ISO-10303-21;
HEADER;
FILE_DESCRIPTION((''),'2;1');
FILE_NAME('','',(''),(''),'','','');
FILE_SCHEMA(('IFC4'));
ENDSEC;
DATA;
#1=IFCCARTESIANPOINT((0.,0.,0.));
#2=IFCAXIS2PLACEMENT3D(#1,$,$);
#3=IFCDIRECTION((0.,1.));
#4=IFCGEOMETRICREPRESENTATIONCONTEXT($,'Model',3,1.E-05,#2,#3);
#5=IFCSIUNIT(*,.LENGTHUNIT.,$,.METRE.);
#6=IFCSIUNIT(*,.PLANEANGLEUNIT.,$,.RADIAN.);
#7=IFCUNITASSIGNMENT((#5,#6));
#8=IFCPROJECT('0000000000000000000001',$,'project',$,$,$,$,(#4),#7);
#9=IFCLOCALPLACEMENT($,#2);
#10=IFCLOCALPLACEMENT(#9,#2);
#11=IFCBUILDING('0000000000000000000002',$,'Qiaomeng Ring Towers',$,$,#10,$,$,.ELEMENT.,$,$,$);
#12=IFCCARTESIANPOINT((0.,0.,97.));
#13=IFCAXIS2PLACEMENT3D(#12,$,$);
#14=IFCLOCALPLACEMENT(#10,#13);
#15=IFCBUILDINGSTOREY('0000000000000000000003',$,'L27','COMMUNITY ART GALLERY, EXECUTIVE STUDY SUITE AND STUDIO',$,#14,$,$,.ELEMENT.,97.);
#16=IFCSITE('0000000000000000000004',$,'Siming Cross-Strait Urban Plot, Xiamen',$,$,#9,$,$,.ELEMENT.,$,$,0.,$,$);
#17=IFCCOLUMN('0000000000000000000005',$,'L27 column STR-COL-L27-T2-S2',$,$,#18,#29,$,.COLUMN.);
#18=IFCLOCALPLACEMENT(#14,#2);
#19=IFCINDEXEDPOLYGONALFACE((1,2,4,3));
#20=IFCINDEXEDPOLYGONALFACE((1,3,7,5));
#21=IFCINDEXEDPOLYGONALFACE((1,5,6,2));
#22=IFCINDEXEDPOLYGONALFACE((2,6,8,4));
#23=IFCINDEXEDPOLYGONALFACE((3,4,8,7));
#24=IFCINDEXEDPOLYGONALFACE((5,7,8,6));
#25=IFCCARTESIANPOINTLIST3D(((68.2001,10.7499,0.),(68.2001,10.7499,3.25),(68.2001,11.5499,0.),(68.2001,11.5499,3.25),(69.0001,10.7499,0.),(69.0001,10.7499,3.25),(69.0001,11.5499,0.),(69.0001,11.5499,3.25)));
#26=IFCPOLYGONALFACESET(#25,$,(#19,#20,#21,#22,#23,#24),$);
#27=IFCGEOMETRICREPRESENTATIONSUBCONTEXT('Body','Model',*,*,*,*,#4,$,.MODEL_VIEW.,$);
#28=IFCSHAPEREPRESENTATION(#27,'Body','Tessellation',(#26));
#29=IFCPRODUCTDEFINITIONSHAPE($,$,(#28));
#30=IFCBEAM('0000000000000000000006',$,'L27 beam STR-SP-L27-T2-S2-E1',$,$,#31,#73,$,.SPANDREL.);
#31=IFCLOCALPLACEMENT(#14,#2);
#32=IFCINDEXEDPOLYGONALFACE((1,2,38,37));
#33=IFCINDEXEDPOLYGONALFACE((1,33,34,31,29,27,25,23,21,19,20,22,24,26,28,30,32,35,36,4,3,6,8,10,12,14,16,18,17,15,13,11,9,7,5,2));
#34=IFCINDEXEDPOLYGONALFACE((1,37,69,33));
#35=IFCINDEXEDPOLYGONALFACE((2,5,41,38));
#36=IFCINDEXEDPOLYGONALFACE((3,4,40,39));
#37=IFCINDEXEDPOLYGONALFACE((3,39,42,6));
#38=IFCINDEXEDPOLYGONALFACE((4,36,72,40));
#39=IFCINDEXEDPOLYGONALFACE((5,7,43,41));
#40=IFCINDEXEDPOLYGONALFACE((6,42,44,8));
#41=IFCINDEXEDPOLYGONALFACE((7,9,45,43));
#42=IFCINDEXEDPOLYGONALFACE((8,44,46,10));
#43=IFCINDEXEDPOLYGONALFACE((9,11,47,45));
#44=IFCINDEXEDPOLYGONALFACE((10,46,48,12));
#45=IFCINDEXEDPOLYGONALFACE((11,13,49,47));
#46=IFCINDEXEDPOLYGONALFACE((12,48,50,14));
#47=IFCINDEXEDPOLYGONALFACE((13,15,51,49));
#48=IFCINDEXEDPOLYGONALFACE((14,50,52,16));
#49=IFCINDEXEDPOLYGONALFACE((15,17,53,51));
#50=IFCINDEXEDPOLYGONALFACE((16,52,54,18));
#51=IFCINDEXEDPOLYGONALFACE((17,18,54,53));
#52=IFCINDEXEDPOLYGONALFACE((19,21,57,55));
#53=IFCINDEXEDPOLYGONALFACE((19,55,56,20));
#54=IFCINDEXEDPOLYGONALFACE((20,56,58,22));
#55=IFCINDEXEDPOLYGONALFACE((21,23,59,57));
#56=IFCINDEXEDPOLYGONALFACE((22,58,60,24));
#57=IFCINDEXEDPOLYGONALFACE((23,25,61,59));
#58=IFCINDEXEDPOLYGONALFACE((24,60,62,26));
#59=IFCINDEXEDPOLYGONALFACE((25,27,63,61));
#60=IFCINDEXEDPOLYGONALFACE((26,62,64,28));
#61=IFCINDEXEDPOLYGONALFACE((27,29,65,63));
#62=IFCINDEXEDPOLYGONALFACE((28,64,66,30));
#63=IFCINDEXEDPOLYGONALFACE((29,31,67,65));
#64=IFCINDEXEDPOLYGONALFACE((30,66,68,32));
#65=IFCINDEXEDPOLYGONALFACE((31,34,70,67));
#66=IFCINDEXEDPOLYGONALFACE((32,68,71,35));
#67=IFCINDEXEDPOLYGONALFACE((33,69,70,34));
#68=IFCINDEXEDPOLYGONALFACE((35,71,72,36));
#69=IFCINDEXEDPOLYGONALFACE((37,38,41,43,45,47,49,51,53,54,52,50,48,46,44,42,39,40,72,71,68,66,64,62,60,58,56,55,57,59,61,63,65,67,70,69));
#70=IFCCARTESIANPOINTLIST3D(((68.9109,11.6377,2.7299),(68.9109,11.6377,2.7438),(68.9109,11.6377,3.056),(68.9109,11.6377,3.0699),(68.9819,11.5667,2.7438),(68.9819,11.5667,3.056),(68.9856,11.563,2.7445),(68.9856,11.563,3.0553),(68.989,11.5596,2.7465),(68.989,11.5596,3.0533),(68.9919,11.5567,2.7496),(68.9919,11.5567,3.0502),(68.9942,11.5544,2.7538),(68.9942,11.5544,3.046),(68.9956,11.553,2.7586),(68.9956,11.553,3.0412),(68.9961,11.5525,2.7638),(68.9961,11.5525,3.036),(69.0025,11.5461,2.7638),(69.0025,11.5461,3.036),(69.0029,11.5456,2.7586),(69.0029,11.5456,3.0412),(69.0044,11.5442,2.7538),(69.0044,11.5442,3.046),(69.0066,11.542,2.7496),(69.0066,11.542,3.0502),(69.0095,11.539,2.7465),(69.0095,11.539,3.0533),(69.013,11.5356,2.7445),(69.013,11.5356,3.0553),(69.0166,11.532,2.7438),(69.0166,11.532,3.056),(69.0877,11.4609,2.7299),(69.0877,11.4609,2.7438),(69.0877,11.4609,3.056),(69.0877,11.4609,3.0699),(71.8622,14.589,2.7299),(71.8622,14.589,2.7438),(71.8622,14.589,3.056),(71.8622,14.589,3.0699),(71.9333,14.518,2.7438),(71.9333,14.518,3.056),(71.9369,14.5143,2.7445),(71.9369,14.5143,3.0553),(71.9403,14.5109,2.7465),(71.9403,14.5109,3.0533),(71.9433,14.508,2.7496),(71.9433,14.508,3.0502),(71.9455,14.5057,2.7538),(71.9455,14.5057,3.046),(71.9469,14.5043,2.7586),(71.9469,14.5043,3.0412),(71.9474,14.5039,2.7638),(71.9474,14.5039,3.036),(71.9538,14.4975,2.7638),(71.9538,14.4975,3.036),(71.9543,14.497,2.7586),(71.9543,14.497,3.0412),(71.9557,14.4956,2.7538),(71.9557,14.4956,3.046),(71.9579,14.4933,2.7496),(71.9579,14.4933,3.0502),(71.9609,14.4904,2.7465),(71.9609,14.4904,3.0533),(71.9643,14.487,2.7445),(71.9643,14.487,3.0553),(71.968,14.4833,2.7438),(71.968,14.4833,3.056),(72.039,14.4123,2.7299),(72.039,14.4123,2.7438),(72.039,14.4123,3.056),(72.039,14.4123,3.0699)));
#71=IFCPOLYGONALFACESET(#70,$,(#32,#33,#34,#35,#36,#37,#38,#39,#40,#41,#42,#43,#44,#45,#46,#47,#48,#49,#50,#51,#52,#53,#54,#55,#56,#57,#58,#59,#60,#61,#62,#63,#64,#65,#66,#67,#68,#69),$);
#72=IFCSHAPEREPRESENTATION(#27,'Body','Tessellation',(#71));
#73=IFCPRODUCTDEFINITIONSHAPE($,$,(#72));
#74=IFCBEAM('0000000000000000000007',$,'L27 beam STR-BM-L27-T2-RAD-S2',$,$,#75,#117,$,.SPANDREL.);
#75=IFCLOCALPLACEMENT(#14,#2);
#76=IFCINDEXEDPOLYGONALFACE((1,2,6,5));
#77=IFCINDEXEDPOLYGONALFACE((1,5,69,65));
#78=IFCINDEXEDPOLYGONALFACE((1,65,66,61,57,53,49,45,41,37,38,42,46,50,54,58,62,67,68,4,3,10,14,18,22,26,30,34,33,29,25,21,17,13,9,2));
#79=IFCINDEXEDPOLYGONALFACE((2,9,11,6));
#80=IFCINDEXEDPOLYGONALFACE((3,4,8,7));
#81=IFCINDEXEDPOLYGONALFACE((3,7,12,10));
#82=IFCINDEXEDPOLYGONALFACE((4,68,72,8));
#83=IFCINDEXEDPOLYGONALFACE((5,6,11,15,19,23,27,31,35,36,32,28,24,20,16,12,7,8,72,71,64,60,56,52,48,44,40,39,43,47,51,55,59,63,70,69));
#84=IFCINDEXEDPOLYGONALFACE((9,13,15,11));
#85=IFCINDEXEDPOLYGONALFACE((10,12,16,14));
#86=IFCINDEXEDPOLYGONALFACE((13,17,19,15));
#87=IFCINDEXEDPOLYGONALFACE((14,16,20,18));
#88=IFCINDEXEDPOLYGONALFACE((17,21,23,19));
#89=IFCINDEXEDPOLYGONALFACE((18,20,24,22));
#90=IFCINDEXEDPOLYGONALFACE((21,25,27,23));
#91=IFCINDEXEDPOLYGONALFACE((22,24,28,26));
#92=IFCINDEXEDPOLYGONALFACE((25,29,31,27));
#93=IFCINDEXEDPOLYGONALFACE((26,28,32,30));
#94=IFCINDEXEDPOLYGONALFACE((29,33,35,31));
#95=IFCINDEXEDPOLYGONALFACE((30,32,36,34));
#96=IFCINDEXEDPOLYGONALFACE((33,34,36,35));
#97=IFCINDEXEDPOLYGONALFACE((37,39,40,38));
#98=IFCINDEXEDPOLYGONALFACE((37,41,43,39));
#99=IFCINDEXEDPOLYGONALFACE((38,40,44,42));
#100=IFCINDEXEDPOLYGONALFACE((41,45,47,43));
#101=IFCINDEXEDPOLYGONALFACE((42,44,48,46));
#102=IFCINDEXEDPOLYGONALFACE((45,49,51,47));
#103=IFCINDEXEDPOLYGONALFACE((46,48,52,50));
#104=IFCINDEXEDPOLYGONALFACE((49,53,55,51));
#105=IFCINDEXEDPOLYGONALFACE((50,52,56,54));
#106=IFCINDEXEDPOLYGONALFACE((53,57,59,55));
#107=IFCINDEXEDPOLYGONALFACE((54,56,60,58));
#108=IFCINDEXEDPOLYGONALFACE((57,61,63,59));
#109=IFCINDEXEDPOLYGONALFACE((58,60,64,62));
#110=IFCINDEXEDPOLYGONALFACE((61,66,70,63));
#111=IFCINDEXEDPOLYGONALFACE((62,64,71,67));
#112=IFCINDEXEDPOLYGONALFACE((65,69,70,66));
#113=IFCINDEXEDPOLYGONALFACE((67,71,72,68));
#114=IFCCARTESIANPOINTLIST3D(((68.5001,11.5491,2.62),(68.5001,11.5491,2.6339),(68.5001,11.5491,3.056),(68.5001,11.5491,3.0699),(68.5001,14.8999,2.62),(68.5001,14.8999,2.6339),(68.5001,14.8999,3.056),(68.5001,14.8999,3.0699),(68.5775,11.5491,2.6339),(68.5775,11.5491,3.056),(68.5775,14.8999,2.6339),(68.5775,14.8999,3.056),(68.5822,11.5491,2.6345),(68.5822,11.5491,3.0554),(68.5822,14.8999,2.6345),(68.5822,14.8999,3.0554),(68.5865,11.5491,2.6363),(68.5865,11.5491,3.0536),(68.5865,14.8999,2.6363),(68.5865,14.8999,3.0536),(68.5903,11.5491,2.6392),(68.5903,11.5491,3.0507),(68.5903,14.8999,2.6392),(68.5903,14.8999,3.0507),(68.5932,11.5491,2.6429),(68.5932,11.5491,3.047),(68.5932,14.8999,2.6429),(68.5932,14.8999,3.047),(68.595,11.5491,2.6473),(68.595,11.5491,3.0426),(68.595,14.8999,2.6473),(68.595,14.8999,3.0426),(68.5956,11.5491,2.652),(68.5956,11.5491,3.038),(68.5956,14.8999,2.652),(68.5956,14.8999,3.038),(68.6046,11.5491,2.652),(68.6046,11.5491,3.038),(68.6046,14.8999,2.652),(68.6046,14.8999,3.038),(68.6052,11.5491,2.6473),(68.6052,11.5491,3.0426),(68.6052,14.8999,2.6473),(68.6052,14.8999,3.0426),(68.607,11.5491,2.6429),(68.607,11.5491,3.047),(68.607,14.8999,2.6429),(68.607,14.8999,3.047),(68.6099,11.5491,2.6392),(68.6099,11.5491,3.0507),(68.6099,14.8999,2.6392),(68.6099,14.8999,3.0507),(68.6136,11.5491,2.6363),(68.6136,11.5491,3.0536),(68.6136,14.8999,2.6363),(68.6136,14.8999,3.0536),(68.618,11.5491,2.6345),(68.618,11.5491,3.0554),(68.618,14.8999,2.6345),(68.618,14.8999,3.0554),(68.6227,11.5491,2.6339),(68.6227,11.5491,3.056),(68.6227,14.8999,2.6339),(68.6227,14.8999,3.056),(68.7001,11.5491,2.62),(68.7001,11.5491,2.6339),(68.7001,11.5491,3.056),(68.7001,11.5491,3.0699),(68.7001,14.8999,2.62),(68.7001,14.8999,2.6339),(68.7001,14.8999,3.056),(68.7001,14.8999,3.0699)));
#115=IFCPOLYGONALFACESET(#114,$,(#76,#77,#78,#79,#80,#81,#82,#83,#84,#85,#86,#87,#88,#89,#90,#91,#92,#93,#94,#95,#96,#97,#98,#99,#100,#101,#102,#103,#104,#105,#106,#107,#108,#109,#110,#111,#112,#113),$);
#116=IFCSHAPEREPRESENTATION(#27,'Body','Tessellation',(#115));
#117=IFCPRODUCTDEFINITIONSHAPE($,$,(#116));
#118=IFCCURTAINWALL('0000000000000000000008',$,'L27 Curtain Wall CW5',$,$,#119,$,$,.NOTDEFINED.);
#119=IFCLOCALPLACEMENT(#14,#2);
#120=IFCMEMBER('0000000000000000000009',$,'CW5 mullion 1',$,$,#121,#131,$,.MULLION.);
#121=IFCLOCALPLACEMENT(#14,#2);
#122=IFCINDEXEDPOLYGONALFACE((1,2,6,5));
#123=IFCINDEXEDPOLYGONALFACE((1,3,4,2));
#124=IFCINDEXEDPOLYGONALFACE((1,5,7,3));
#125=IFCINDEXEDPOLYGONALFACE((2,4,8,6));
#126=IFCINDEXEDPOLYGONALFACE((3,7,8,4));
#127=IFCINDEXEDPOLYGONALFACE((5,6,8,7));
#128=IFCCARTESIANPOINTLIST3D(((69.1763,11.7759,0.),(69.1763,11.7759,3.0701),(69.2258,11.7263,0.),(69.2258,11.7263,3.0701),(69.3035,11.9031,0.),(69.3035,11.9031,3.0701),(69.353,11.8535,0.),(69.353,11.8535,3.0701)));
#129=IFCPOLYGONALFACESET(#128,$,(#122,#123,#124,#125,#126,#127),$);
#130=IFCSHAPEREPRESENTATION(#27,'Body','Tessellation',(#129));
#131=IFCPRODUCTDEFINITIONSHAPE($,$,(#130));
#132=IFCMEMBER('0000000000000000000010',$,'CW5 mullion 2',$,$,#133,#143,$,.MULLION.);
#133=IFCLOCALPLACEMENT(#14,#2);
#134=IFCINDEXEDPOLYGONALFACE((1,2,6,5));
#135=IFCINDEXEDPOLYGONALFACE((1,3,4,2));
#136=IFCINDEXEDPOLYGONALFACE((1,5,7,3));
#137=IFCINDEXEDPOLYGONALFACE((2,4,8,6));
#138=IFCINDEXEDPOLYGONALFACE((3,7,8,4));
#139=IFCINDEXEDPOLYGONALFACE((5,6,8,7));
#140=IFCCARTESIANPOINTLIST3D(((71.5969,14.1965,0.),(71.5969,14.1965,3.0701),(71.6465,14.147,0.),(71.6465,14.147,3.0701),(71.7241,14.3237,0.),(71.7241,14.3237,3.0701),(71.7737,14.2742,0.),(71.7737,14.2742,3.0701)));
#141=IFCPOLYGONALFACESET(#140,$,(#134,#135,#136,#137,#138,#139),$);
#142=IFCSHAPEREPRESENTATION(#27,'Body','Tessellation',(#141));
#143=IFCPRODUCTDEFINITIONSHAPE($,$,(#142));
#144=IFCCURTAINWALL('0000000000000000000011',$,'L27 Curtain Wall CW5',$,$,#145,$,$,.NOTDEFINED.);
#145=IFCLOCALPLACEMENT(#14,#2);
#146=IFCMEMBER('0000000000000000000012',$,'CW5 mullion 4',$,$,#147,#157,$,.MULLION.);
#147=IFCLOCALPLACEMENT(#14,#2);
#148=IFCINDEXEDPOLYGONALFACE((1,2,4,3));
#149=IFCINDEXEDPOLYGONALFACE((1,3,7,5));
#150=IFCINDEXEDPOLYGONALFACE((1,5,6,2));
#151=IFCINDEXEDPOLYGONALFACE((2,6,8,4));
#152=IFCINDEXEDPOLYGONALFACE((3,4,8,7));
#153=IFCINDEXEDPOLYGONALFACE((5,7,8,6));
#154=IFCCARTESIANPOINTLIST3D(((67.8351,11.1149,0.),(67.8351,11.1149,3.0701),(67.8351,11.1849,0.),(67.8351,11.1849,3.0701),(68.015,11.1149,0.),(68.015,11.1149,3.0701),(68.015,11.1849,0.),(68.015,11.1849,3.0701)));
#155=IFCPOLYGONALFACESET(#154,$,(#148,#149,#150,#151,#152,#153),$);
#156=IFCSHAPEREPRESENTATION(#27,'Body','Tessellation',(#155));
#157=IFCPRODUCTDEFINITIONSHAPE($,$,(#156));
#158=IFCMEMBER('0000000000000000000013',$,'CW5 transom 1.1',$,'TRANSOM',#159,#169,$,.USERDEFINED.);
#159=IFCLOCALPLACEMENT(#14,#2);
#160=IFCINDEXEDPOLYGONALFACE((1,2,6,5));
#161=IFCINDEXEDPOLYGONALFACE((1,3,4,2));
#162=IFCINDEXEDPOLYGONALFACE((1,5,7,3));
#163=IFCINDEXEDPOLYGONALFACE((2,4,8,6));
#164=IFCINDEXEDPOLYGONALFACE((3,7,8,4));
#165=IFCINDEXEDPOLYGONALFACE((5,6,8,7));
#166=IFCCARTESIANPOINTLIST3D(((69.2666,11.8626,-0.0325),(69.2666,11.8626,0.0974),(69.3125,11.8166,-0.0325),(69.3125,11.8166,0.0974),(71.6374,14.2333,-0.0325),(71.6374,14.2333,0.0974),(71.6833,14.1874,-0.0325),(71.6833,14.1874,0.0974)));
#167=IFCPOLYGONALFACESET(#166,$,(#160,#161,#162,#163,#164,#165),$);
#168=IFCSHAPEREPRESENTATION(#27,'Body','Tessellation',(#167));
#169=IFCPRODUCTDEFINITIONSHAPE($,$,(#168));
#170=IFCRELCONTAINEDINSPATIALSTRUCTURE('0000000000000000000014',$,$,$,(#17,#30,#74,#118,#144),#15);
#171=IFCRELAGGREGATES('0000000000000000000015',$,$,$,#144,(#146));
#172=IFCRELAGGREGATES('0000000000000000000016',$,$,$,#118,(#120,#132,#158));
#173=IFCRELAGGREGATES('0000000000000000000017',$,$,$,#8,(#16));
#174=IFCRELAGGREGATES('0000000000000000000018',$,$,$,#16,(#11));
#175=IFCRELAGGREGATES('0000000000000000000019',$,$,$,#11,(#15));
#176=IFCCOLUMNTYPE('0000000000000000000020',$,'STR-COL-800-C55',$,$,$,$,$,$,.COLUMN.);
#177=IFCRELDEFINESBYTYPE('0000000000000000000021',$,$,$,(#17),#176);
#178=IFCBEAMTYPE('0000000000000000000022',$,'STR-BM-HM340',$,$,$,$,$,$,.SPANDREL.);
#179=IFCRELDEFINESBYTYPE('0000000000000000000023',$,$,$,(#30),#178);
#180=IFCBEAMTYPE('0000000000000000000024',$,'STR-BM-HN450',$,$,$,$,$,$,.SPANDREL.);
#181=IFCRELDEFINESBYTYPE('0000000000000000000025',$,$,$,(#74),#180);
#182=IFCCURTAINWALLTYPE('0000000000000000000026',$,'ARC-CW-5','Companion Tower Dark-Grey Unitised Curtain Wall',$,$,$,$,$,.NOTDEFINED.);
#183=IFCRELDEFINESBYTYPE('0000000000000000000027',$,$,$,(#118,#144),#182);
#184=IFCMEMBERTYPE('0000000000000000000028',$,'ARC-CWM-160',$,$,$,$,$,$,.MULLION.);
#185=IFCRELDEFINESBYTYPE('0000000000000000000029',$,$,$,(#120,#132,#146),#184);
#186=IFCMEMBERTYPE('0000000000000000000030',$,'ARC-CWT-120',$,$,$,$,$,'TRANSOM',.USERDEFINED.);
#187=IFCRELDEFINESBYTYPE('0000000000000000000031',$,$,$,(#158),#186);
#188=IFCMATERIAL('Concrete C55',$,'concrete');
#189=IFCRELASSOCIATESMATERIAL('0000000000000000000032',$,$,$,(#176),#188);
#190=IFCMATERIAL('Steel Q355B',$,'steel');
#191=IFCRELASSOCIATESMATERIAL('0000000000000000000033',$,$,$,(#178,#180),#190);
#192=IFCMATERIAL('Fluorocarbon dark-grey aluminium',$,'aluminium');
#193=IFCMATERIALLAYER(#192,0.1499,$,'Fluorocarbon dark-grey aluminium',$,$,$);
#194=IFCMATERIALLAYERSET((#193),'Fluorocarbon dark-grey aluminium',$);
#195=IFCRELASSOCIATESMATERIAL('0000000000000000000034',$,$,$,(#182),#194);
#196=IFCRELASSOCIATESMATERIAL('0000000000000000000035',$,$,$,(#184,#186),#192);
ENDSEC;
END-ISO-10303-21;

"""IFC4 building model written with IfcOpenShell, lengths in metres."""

from ifc_helpers import new_model, si_unit, direction, frame, origin, origin_2d, place, context, subcontext, project, spatial, rectangle, i_section, extrude, source, transform, mapped, material, layer, layer_set, material_profile, profile_set, type_object, element, aggregate, save


model = new_model("IFC4")

# Units and contexts
model_context = context("Model", 3, precision=1e-05, world=origin(), true_north=direction((0.0, 1.0)))
body_context = subcontext(model_context, "Body", "Model", "MODEL_VIEW")
ifc_project = project(units=[si_unit("LENGTHUNIT", "METRE"), si_unit("PLANEANGLEUNIT", "RADIAN")], contexts=[model_context])

# Site, building, storey
site_placement = place(None, origin())
site = spatial("IfcSite", under=ifc_project, at=site_placement, Name="Siming Cross-Strait Urban Plot, Xiamen", CompositionType="ELEMENT", RefElevation=0.0)
building_placement = place(site_placement, origin())
building = spatial("IfcBuilding", under=site, at=building_placement, Name="Qiaomeng Ring Towers", CompositionType="ELEMENT")
storey_placement = place(building_placement, frame((0.0, 0.0, 97.0)))
storey = spatial("IfcBuildingStorey", under=building, at=storey_placement, Name="L27", Description="COMMUNITY ART GALLERY, EXECUTIVE STUDY SUITE AND STUDIO", CompositionType="ELEMENT", Elevation=97.0)

# Column
ifc_material_1 = material(Name="Concrete C55", Category="concrete")
ifc_material_profile_1 = material_profile(ifc_material_1, rectangle(XDim=0.8, YDim=0.8, at=origin_2d()), Name="RC COL 800x800")
ifc_profile_set_1 = profile_set([ifc_material_profile_1], Name="Concrete C55")
column_type = type_object("IfcColumnType", Name="STR-COL-800-C55", PredefinedType="COLUMN", material=ifc_profile_set_1)
shared_shape_1 = source(origin(), body_context, "Body", "SweptSolid", [
    extrude(rectangle(XDim=0.8, YDim=0.8, at=origin_2d()), origin(), (0.0, 0.0, 1.0), 3.25),
])
column_placement = place(storey_placement, frame((68.6001, 11.1499, 0.0), z_axis=(0.0, 0.0, 1.0), x_axis=(1.0, 0.0, 0.0)))
element("IfcColumn", 1, at=column_placement, inside=storey, type_object=column_type, Name="L27 column STR-COL-L27-T2-S2", PredefinedType="COLUMN", context=body_context, shape_type="MappedRepresentation", body=[
    mapped(shared_shape_1, transform((0.0, 0.0, 0.0), x_axis=(1.0, 0.0, 0.0), y_axis=(0.0, 1.0, 0.0), z_axis=(0.0, 0.0, 1.0), scale=1.0)),
])

# Beams
ifc_material_2 = material(Name="Steel Q355B", Category="steel")
ifc_material_profile_2 = material_profile(ifc_material_2, i_section(OverallWidth=0.25, OverallDepth=0.3401, WebThickness=0.009, FlangeThickness=0.0139, FilletRadius=0.02, at=origin_2d()), Name="HM 340x250x9x14")
ifc_profile_set_2 = profile_set([ifc_material_profile_2], Name="Steel Q355B")
beam_type_1 = type_object("IfcBeamType", Name="STR-BM-HM340", PredefinedType="SPANDREL", material=ifc_profile_set_2)
shared_shape_2 = source(origin(), body_context, "Body", "SweptSolid", [
    extrude(i_section(OverallWidth=0.25, OverallDepth=0.3401, WebThickness=0.009, FlangeThickness=0.0139, FilletRadius=0.02, at=origin_2d()), origin(), (0.0, 0.0, 1.0), 4.1738),
])
beam_1_placement = place(storey_placement, frame((68.9993, 11.5493, 2.8999), z_axis=(0.707107, 0.707107, 0.0), x_axis=(-0.707107, 0.707107, 0.0)))
element("IfcBeam", 2, at=beam_1_placement, inside=storey, type_object=beam_type_1, Name="L27 beam STR-SP-L27-T2-S2-E1", PredefinedType="SPANDREL", context=body_context, shape_type="MappedRepresentation", body=[
    mapped(shared_shape_2, transform((0.0, 0.0, 0.0), x_axis=(1.0, 0.0, 0.0), y_axis=(0.0, 1.0, 0.0), z_axis=(0.0, 0.0, 1.0), scale=1.0)),
])
ifc_material_profile_3 = material_profile(ifc_material_2, i_section(OverallWidth=0.2, OverallDepth=0.45, WebThickness=0.009, FlangeThickness=0.0139, FilletRadius=0.0181, at=origin_2d()), Name="HN 450x200x9x14")
ifc_profile_set_3 = profile_set([ifc_material_profile_3], Name="Steel Q355B")
beam_type_2 = type_object("IfcBeamType", Name="STR-BM-HN450", PredefinedType="SPANDREL", material=ifc_profile_set_3)
shared_shape_3 = source(origin(), body_context, "Body", "SweptSolid", [
    extrude(i_section(OverallWidth=0.2, OverallDepth=0.45, WebThickness=0.009, FlangeThickness=0.0139, FilletRadius=0.0181, at=origin_2d()), origin(), (0.0, 0.0, 1.0), 3.3508),
])
beam_2_placement = place(storey_placement, frame((68.6001, 11.5491, 2.845), z_axis=(0.0, 1.0, 0.0), x_axis=(-1.0, 0.0, 0.0)))
element("IfcBeam", 3, at=beam_2_placement, inside=storey, type_object=beam_type_2, Name="L27 beam STR-BM-L27-T2-RAD-S2", PredefinedType="SPANDREL", context=body_context, shape_type="MappedRepresentation", body=[
    mapped(shared_shape_3, transform((0.0, 0.0, 0.0), x_axis=(1.0, 0.0, 0.0), y_axis=(0.0, 1.0, 0.0), z_axis=(0.0, 0.0, 1.0), scale=1.0)),
])

# Curtain wall, members
ifc_material_3 = material(Name="Fluorocarbon dark-grey aluminium", Category="aluminium")
ifc_layer_1 = layer(ifc_material_3, 0.1499, Name="Fluorocarbon dark-grey aluminium")
ifc_layer_set_1 = layer_set([ifc_layer_1], Name="Fluorocarbon dark-grey aluminium")
curtain_wall_type = type_object("IfcCurtainWallType", Name="ARC-CW-5", Description="Companion Tower Dark-Grey Unitised Curtain Wall", PredefinedType="NOTDEFINED", material=ifc_layer_set_1)
curtain_wall_1_placement = place(storey_placement, origin())
curtain_wall_1 = element("IfcCurtainWall", 4, at=curtain_wall_1_placement, inside=storey, type_object=curtain_wall_type, Name="L27 Curtain Wall CW5", PredefinedType="NOTDEFINED")
ifc_material_profile_4 = material_profile(ifc_material_3, rectangle(XDim=0.0701, YDim=0.1799, at=origin_2d()), Name="ALU MULL 70x180")
ifc_profile_set_4 = profile_set([ifc_material_profile_4], Name="Fluorocarbon dark-grey aluminium")
member_type_1 = type_object("IfcMemberType", Name="ARC-CWM-160", PredefinedType="MULLION", material=ifc_profile_set_4)
shared_shape_4 = source(origin(), body_context, "Body", "SweptSolid", [
    extrude(rectangle(XDim=0.0701, YDim=0.1799, at=origin_2d()), origin(), (0.0, 0.0, 1.0), 3.0701),
])
member_1_placement = place(storey_placement, frame((69.2646, 11.8147, 0.0), z_axis=(0.0, 0.0, 1.0), x_axis=(-0.707107, 0.707107, 0.0)))
member_1 = element("IfcMember", 5, at=member_1_placement, type_object=member_type_1, Name="CW5 mullion 1", PredefinedType="MULLION", context=body_context, shape_type="MappedRepresentation", body=[
    mapped(shared_shape_4, transform((0.0, 0.0, 0.0), x_axis=(1.0, 0.0, 0.0), y_axis=(0.0, 1.0, 0.0), z_axis=(0.0, 0.0, 1.0), scale=1.0)),
])
member_2_placement = place(storey_placement, frame((71.6853, 14.2354, 0.0), z_axis=(0.0, 0.0, 1.0), x_axis=(-0.707107, 0.707107, 0.0)))
member_2 = element("IfcMember", 6, at=member_2_placement, type_object=member_type_1, Name="CW5 mullion 2", PredefinedType="MULLION", context=body_context, shape_type="MappedRepresentation", body=[
    mapped(shared_shape_4, transform((0.0, 0.0, 0.0), x_axis=(1.0, 0.0, 0.0), y_axis=(0.0, 1.0, 0.0), z_axis=(0.0, 0.0, 1.0), scale=1.0)),
])

# Curtain wall, member
curtain_wall_2_placement = place(storey_placement, origin())
curtain_wall_2 = element("IfcCurtainWall", 7, at=curtain_wall_2_placement, inside=storey, type_object=curtain_wall_type, Name="L27 Curtain Wall CW5", PredefinedType="NOTDEFINED")
member_3_placement = place(storey_placement, frame((67.925, 11.1499, 0.0), z_axis=(0.0, 0.0, 1.0), x_axis=(0.0, 1.0, 0.0)))
member_3 = element("IfcMember", 8, at=member_3_placement, type_object=member_type_1, Name="CW5 mullion 4", PredefinedType="MULLION", context=body_context, shape_type="MappedRepresentation", body=[
    mapped(shared_shape_4, transform((0.0, 0.0, 0.0), x_axis=(1.0, 0.0, 0.0), y_axis=(0.0, 1.0, 0.0), z_axis=(0.0, 0.0, 1.0), scale=1.0)),
])
aggregate(curtain_wall_2, [member_3])

# Member
ifc_material_profile_5 = material_profile(ifc_material_3, rectangle(XDim=0.0649, YDim=0.1299, at=origin_2d()), Name="ALU TRAN 65x130")
ifc_profile_set_5 = profile_set([ifc_material_profile_5], Name="Fluorocarbon dark-grey aluminium")
member_type_2 = type_object("IfcMemberType", Name="ARC-CWT-120", ElementType="TRANSOM", PredefinedType="USERDEFINED", material=ifc_profile_set_5)
shared_shape_5 = source(origin(), body_context, "Body", "SweptSolid", [
    extrude(rectangle(XDim=0.0649, YDim=0.1299, at=origin_2d()), origin(), (0.0, 0.0, 1.0), 3.3528),
])
member_4_placement = place(storey_placement, frame((69.2896, 11.8396, 0.0325), z_axis=(0.707107, 0.707107, 0.0), x_axis=(-0.707107, 0.707107, 0.0)))
member_4 = element("IfcMember", 9, at=member_4_placement, type_object=member_type_2, Name="CW5 transom 1.1", ObjectType="TRANSOM", PredefinedType="USERDEFINED", context=body_context, shape_type="MappedRepresentation", body=[
    mapped(shared_shape_5, transform((0.0, 0.0, 0.0), x_axis=(1.0, 0.0, 0.0), y_axis=(0.0, 1.0, 0.0), z_axis=(0.0, 0.0, 1.0), scale=1.0)),
])

aggregate(curtain_wall_1, [member_1, member_2, member_4])

save(model, "model.ifc")
